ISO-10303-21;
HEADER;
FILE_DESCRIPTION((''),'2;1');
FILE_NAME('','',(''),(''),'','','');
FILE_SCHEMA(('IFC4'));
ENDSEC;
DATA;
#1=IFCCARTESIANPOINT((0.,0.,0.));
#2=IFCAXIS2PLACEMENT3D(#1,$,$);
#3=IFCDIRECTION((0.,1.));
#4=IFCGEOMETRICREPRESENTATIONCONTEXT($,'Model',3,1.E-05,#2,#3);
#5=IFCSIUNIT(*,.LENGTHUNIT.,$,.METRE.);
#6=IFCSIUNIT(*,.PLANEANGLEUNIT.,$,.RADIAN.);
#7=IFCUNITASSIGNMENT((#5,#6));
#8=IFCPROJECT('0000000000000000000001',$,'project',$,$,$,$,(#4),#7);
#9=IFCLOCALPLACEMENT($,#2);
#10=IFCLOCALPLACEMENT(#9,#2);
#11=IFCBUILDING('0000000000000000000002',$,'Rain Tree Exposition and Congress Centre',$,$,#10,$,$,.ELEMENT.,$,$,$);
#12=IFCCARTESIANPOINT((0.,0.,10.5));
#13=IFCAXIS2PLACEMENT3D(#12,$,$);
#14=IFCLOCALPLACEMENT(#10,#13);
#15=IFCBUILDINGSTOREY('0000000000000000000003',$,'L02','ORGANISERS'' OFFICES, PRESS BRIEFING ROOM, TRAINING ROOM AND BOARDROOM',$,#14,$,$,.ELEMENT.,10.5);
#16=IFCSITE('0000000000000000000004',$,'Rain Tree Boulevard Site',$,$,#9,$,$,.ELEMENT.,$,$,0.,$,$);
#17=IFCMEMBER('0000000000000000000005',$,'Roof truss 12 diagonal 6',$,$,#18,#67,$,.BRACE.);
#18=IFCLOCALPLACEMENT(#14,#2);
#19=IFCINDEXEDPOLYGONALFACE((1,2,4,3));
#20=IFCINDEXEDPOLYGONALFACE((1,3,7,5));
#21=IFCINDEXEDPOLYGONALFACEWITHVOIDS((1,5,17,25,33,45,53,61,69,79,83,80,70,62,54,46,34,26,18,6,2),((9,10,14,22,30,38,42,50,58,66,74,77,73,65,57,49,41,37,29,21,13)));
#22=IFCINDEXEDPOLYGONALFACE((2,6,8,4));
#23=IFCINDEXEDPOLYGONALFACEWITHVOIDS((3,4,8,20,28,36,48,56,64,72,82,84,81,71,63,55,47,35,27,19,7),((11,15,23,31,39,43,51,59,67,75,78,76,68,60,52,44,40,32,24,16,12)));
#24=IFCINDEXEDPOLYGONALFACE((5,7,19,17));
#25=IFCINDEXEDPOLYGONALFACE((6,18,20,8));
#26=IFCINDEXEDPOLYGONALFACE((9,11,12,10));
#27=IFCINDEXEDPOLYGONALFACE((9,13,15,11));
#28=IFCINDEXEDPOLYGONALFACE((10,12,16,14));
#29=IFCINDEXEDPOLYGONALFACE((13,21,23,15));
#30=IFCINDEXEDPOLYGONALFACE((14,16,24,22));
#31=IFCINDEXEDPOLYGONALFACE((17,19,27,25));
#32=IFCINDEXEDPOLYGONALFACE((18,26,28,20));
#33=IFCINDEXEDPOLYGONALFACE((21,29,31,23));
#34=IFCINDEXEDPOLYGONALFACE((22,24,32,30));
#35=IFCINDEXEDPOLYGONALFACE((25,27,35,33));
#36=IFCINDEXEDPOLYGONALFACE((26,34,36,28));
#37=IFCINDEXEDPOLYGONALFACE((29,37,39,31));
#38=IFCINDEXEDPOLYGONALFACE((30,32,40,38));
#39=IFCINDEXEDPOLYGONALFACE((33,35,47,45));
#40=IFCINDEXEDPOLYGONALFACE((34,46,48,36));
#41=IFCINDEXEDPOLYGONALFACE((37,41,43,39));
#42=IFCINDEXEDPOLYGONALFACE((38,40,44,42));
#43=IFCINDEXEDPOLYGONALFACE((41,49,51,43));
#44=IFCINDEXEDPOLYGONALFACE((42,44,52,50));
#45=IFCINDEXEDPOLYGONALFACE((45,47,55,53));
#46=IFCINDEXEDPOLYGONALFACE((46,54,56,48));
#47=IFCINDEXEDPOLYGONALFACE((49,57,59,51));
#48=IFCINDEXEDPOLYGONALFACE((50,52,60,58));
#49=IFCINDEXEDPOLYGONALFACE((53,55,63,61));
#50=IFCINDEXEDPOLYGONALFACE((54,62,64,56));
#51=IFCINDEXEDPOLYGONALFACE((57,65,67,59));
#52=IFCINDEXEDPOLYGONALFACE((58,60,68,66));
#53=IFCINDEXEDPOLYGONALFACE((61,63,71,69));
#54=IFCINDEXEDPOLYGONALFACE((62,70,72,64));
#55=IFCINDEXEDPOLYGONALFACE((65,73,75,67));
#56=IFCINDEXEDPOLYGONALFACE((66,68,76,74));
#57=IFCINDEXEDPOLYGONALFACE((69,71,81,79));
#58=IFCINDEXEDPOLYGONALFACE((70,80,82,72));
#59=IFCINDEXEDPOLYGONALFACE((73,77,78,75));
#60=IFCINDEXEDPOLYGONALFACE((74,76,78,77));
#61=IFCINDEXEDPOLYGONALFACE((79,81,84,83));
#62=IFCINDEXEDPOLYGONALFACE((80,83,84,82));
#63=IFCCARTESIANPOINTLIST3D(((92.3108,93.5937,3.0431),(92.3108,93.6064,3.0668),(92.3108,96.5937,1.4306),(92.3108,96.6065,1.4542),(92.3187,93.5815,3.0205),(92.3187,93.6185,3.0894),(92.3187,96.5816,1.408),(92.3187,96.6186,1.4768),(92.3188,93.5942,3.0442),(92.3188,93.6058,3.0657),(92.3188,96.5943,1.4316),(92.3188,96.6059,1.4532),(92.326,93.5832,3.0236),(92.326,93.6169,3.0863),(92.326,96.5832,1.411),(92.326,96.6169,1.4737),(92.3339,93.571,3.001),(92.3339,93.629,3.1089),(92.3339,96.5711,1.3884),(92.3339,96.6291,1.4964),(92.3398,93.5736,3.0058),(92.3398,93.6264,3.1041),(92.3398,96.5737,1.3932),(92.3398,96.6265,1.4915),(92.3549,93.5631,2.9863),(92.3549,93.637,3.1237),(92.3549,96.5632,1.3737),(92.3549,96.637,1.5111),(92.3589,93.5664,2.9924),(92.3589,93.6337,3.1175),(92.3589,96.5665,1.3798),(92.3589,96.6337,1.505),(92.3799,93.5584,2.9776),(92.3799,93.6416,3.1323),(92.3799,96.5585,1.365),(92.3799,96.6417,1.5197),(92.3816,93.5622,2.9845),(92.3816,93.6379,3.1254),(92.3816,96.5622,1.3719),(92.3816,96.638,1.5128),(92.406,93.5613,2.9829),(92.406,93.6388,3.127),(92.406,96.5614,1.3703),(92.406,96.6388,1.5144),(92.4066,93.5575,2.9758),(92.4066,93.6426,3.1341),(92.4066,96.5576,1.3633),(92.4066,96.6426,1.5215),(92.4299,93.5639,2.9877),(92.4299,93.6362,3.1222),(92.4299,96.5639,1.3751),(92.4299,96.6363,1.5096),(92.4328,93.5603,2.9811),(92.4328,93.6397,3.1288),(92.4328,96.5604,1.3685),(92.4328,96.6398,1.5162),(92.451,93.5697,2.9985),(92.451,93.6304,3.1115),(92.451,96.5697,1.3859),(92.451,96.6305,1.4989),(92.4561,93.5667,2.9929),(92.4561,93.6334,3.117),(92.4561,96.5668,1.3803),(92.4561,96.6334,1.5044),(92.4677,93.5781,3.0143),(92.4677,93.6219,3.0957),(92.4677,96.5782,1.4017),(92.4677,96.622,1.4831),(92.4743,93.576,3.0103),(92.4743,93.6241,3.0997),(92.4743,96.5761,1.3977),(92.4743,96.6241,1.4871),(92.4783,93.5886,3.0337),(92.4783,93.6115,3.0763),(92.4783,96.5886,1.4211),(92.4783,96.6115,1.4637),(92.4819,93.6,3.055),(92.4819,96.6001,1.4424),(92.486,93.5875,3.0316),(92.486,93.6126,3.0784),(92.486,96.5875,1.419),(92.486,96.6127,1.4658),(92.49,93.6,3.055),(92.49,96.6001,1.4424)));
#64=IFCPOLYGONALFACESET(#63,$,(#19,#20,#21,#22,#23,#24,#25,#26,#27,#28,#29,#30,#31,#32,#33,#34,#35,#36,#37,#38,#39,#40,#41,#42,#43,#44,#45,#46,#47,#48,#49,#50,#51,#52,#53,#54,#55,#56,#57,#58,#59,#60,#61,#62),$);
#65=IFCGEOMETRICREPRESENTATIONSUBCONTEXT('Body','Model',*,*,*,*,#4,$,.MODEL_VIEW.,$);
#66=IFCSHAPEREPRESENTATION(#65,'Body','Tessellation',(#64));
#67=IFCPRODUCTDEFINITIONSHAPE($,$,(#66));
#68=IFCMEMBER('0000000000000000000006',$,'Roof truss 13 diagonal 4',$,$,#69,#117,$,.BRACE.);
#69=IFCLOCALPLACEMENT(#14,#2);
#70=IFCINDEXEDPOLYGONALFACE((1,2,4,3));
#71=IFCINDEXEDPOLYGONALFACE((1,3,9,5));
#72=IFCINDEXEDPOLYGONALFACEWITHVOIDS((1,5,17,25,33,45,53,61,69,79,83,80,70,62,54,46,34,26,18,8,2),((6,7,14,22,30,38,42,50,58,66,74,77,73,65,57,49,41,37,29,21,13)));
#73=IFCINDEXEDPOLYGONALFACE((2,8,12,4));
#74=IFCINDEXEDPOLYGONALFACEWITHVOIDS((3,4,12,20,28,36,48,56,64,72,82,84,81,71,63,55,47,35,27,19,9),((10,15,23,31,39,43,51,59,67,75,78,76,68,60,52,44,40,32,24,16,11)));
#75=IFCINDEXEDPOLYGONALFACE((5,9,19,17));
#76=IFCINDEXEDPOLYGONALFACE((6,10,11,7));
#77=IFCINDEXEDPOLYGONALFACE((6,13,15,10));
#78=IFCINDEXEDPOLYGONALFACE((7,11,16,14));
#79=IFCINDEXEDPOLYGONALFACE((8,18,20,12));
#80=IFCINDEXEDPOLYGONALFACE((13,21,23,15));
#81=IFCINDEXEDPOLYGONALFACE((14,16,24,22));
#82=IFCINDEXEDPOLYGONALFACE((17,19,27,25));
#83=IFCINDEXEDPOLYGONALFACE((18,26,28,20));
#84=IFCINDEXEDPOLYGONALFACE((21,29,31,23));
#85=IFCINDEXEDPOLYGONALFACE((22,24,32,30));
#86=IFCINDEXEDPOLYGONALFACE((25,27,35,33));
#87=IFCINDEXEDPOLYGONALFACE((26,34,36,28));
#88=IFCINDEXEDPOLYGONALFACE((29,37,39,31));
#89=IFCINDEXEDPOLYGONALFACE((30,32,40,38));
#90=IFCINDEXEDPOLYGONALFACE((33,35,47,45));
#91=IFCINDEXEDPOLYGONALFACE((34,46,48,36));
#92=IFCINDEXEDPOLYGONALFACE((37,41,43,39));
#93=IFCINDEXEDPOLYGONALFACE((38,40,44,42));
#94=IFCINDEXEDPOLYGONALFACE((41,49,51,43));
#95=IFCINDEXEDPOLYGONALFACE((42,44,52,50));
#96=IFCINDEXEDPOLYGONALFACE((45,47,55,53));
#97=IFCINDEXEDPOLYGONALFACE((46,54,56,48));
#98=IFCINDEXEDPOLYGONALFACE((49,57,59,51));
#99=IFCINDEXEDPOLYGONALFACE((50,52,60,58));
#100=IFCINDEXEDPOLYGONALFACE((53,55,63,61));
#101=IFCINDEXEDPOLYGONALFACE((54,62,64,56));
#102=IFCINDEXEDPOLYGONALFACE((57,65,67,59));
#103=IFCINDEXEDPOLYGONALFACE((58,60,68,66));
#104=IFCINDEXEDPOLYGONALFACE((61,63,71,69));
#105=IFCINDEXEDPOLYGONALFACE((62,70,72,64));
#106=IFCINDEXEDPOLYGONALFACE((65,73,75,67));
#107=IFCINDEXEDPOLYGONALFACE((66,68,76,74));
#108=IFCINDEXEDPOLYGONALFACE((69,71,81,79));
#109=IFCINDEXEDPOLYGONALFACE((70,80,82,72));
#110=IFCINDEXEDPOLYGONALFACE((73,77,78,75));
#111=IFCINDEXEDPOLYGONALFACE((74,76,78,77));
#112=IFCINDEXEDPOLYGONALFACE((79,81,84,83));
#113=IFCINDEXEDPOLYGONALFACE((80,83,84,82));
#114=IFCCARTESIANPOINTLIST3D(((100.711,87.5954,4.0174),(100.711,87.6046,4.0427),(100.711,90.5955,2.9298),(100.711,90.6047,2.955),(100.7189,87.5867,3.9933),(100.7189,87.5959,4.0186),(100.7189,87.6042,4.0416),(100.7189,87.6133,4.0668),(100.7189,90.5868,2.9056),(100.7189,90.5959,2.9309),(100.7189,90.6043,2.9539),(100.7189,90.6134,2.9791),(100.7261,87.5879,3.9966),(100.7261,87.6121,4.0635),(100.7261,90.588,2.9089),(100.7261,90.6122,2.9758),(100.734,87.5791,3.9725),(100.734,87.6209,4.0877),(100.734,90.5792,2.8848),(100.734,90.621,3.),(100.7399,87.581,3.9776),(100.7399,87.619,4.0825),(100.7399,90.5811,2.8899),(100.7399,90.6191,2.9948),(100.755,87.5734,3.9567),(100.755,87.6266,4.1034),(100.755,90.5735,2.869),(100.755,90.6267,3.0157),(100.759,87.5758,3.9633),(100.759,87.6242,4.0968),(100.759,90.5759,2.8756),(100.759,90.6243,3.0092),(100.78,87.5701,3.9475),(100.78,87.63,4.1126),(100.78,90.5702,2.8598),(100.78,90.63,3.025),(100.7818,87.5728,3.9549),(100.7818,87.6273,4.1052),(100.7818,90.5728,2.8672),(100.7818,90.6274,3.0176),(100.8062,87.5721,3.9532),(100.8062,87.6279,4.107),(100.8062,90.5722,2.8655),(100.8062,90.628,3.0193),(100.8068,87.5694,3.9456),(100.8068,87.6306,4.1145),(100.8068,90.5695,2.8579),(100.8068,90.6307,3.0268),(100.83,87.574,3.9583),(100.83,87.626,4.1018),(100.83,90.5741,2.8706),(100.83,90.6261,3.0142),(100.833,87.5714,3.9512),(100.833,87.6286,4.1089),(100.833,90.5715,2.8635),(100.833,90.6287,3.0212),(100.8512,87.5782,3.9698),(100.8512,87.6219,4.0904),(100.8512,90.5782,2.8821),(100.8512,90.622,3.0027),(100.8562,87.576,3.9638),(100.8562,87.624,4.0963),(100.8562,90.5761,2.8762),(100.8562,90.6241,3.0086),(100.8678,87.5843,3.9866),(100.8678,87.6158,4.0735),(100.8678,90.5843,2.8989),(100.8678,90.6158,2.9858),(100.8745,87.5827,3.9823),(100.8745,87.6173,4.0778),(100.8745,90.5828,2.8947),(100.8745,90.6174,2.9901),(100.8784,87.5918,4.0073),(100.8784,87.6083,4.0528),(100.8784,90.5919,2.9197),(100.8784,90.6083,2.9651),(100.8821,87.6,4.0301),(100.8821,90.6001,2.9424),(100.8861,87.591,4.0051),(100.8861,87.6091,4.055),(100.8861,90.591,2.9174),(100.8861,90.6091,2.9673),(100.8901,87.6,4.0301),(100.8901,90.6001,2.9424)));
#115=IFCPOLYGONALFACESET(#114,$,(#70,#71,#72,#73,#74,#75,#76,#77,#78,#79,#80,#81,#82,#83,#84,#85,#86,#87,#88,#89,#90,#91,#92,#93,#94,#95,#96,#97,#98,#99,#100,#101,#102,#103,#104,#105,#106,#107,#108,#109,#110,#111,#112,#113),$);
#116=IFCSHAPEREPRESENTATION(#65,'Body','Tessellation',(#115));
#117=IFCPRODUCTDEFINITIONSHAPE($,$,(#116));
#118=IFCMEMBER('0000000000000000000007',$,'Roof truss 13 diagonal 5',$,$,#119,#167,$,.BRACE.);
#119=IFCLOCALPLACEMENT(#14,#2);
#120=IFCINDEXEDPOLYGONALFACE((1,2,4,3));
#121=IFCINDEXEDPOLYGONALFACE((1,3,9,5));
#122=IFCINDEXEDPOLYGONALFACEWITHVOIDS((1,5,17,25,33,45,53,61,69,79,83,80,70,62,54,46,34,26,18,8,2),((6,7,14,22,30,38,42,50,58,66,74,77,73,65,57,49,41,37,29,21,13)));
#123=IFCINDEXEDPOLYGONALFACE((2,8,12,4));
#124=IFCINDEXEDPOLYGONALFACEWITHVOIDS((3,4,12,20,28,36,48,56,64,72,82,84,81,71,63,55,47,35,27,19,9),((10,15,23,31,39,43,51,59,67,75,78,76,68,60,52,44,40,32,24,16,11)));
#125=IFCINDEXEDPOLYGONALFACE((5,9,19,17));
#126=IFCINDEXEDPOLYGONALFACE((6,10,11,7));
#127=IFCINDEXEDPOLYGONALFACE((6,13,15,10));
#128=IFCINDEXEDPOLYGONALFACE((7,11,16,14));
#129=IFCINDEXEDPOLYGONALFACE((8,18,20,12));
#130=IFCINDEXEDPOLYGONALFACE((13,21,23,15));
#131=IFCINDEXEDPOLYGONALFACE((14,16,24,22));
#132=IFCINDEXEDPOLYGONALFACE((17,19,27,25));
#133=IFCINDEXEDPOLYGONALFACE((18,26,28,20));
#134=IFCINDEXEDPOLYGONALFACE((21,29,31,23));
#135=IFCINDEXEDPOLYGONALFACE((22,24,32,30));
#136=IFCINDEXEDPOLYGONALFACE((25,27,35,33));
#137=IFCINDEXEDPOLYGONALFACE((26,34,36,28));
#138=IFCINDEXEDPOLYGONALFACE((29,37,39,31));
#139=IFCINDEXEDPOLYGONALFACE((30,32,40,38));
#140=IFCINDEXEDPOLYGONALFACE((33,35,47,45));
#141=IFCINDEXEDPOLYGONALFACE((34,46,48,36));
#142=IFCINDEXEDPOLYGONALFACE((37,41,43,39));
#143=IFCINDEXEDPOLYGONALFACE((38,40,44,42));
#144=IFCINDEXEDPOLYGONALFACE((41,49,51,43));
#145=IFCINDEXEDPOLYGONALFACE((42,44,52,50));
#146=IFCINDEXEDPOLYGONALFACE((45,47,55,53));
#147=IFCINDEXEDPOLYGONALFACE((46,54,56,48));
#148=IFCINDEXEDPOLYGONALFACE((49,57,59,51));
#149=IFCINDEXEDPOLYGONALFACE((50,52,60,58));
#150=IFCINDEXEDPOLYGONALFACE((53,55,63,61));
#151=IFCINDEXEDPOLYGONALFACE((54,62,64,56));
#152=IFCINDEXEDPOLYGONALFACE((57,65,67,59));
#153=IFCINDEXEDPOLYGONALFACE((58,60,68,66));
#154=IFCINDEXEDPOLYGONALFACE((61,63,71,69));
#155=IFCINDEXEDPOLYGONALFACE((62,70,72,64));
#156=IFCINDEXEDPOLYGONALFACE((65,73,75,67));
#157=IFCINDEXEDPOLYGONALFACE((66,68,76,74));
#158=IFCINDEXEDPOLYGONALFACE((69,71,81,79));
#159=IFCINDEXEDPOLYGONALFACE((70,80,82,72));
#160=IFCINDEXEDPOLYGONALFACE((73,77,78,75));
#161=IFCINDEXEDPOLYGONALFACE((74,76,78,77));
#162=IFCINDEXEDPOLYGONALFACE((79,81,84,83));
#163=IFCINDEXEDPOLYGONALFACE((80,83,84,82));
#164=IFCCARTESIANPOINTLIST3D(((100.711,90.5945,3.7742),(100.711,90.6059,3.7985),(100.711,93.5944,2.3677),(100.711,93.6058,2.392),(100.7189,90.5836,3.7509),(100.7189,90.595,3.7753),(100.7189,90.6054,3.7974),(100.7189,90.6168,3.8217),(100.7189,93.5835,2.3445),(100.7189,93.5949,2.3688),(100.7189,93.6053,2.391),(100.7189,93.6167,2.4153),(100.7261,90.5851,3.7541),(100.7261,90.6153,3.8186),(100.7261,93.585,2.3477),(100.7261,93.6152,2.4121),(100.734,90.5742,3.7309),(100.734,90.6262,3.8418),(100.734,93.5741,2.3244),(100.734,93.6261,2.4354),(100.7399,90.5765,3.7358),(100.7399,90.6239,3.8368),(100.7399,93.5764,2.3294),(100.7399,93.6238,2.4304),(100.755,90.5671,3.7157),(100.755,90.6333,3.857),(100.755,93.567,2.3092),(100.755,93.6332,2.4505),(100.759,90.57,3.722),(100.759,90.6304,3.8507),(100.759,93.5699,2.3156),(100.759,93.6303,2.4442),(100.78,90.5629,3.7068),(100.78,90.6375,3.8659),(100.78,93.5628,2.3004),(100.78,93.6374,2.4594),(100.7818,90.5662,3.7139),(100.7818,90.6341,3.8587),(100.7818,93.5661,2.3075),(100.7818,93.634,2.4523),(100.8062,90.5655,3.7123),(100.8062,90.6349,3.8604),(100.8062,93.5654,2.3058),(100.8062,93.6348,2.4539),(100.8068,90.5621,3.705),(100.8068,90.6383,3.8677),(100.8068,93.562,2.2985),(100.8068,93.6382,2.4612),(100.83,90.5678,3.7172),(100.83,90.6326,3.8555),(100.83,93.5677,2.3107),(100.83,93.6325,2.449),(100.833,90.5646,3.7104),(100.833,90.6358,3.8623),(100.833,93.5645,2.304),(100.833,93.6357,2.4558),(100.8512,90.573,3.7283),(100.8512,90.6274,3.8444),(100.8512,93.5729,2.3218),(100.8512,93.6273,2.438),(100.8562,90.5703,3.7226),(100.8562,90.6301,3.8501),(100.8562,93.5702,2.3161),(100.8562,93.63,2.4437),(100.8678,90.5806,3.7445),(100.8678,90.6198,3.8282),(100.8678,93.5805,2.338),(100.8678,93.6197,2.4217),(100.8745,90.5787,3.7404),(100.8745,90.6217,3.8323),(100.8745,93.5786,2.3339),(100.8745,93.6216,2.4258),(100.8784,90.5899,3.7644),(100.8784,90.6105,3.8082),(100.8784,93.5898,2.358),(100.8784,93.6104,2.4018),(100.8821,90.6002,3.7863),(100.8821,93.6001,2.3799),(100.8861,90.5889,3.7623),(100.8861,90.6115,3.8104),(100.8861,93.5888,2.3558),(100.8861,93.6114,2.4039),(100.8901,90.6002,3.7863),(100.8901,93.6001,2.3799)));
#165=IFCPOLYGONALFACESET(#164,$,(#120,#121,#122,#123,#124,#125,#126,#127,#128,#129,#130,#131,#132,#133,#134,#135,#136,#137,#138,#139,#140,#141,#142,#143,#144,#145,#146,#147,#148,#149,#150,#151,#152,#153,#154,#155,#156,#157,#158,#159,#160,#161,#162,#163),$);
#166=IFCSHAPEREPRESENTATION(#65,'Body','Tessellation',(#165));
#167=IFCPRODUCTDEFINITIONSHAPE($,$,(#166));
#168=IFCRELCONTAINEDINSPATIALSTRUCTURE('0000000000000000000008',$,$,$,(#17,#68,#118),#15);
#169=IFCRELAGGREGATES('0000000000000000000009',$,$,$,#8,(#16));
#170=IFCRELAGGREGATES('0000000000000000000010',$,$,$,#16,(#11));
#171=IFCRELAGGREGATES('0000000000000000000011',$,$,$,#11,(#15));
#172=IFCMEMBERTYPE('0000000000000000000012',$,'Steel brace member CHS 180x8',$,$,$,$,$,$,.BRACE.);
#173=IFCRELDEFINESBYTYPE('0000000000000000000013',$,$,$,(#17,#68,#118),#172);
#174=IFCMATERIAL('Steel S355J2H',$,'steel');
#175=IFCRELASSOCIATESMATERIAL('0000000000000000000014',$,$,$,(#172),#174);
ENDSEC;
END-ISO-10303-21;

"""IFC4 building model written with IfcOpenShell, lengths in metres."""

from ifc_helpers import new_model, si_unit, direction, frame, origin, origin_2d, place, context, subcontext, project, spatial, hollow_circle, extrude, material, material_profile, profile_set, type_object, element, save


model = new_model("IFC4")

# Units and contexts
model_context = context("Model", 3, precision=1e-05, world=origin(), true_north=direction((0.0, 1.0)))
body_context = subcontext(model_context, "Body", "Model", "MODEL_VIEW")
ifc_project = project(units=[si_unit("LENGTHUNIT", "METRE"), si_unit("PLANEANGLEUNIT", "RADIAN")], contexts=[model_context])

# Site, building, storey
site_placement = place(None, origin())
site = spatial("IfcSite", under=ifc_project, at=site_placement, Name="Rain Tree Boulevard Site", CompositionType="ELEMENT", RefElevation=0.0)
building_placement = place(site_placement, origin())
building = spatial("IfcBuilding", under=site, at=building_placement, Name="Rain Tree Exposition and Congress Centre", CompositionType="ELEMENT")
storey_placement = place(building_placement, frame((0.0, 0.0, 10.5)))
storey = spatial("IfcBuildingStorey", under=building, at=storey_placement, Name="L02", Description="ORGANISERS' OFFICES, PRESS BRIEFING ROOM, TRAINING ROOM AND BOARDROOM", CompositionType="ELEMENT", Elevation=10.5)

# Members
ifc_material_1 = material(Name="Steel S355J2H", Category="steel")
ifc_material_profile_1 = material_profile(ifc_material_1, hollow_circle(Radius=0.0901, WallThickness=0.0081, at=origin_2d()), Name="CHS 180x8")
ifc_profile_set_1 = profile_set([ifc_material_profile_1], Name="Steel S355J2H")
member_type_1 = type_object("IfcMemberType", Name="Steel brace member CHS 180x8", PredefinedType="BRACE", material=ifc_profile_set_1)
member_1_placement = place(storey_placement, frame((92.3999, 96.6001, 1.4424), z_axis=(0.0, -0.880818, 0.473454), x_axis=(1.0, 0.0, 0.0)))
element("IfcMember", 1, at=member_1_placement, inside=storey, type_object=member_type_1, Name="Roof truss 12 diagonal 6", PredefinedType="BRACE", context=body_context, shape_type="SweptSolid", body=[
    extrude(hollow_circle(Radius=0.0901, WallThickness=0.0081, at=origin_2d()), origin(), (0.0, 0.0, 1.0), 3.406),
])
member_2_placement = place(storey_placement, frame((100.8, 90.6001, 2.9424), z_axis=(0.0, -0.940121, 0.34084), x_axis=(1.0, 0.0, 0.0)))
element("IfcMember", 2, at=member_2_placement, inside=storey, type_object=member_type_1, Name="Roof truss 13 diagonal 4", PredefinedType="BRACE", context=body_context, shape_type="SweptSolid", body=[
    extrude(hollow_circle(Radius=0.0901, WallThickness=0.0081, at=origin_2d()), origin(), (0.0, 0.0, 1.0), 3.1912),
])
member_3_placement = place(storey_placement, frame((100.8, 93.6001, 2.3799), z_axis=(0.0, -0.905431, 0.424494), x_axis=(1.0, 0.0, 0.0)))
element("IfcMember", 3, at=member_3_placement, inside=storey, type_object=member_type_1, Name="Roof truss 13 diagonal 5", PredefinedType="BRACE", context=body_context, shape_type="SweptSolid", body=[
    extrude(hollow_circle(Radius=0.0901, WallThickness=0.0081, at=origin_2d()), origin(), (0.0, 0.0, 1.0), 3.3132),
])

save(model, "model.ifc")
